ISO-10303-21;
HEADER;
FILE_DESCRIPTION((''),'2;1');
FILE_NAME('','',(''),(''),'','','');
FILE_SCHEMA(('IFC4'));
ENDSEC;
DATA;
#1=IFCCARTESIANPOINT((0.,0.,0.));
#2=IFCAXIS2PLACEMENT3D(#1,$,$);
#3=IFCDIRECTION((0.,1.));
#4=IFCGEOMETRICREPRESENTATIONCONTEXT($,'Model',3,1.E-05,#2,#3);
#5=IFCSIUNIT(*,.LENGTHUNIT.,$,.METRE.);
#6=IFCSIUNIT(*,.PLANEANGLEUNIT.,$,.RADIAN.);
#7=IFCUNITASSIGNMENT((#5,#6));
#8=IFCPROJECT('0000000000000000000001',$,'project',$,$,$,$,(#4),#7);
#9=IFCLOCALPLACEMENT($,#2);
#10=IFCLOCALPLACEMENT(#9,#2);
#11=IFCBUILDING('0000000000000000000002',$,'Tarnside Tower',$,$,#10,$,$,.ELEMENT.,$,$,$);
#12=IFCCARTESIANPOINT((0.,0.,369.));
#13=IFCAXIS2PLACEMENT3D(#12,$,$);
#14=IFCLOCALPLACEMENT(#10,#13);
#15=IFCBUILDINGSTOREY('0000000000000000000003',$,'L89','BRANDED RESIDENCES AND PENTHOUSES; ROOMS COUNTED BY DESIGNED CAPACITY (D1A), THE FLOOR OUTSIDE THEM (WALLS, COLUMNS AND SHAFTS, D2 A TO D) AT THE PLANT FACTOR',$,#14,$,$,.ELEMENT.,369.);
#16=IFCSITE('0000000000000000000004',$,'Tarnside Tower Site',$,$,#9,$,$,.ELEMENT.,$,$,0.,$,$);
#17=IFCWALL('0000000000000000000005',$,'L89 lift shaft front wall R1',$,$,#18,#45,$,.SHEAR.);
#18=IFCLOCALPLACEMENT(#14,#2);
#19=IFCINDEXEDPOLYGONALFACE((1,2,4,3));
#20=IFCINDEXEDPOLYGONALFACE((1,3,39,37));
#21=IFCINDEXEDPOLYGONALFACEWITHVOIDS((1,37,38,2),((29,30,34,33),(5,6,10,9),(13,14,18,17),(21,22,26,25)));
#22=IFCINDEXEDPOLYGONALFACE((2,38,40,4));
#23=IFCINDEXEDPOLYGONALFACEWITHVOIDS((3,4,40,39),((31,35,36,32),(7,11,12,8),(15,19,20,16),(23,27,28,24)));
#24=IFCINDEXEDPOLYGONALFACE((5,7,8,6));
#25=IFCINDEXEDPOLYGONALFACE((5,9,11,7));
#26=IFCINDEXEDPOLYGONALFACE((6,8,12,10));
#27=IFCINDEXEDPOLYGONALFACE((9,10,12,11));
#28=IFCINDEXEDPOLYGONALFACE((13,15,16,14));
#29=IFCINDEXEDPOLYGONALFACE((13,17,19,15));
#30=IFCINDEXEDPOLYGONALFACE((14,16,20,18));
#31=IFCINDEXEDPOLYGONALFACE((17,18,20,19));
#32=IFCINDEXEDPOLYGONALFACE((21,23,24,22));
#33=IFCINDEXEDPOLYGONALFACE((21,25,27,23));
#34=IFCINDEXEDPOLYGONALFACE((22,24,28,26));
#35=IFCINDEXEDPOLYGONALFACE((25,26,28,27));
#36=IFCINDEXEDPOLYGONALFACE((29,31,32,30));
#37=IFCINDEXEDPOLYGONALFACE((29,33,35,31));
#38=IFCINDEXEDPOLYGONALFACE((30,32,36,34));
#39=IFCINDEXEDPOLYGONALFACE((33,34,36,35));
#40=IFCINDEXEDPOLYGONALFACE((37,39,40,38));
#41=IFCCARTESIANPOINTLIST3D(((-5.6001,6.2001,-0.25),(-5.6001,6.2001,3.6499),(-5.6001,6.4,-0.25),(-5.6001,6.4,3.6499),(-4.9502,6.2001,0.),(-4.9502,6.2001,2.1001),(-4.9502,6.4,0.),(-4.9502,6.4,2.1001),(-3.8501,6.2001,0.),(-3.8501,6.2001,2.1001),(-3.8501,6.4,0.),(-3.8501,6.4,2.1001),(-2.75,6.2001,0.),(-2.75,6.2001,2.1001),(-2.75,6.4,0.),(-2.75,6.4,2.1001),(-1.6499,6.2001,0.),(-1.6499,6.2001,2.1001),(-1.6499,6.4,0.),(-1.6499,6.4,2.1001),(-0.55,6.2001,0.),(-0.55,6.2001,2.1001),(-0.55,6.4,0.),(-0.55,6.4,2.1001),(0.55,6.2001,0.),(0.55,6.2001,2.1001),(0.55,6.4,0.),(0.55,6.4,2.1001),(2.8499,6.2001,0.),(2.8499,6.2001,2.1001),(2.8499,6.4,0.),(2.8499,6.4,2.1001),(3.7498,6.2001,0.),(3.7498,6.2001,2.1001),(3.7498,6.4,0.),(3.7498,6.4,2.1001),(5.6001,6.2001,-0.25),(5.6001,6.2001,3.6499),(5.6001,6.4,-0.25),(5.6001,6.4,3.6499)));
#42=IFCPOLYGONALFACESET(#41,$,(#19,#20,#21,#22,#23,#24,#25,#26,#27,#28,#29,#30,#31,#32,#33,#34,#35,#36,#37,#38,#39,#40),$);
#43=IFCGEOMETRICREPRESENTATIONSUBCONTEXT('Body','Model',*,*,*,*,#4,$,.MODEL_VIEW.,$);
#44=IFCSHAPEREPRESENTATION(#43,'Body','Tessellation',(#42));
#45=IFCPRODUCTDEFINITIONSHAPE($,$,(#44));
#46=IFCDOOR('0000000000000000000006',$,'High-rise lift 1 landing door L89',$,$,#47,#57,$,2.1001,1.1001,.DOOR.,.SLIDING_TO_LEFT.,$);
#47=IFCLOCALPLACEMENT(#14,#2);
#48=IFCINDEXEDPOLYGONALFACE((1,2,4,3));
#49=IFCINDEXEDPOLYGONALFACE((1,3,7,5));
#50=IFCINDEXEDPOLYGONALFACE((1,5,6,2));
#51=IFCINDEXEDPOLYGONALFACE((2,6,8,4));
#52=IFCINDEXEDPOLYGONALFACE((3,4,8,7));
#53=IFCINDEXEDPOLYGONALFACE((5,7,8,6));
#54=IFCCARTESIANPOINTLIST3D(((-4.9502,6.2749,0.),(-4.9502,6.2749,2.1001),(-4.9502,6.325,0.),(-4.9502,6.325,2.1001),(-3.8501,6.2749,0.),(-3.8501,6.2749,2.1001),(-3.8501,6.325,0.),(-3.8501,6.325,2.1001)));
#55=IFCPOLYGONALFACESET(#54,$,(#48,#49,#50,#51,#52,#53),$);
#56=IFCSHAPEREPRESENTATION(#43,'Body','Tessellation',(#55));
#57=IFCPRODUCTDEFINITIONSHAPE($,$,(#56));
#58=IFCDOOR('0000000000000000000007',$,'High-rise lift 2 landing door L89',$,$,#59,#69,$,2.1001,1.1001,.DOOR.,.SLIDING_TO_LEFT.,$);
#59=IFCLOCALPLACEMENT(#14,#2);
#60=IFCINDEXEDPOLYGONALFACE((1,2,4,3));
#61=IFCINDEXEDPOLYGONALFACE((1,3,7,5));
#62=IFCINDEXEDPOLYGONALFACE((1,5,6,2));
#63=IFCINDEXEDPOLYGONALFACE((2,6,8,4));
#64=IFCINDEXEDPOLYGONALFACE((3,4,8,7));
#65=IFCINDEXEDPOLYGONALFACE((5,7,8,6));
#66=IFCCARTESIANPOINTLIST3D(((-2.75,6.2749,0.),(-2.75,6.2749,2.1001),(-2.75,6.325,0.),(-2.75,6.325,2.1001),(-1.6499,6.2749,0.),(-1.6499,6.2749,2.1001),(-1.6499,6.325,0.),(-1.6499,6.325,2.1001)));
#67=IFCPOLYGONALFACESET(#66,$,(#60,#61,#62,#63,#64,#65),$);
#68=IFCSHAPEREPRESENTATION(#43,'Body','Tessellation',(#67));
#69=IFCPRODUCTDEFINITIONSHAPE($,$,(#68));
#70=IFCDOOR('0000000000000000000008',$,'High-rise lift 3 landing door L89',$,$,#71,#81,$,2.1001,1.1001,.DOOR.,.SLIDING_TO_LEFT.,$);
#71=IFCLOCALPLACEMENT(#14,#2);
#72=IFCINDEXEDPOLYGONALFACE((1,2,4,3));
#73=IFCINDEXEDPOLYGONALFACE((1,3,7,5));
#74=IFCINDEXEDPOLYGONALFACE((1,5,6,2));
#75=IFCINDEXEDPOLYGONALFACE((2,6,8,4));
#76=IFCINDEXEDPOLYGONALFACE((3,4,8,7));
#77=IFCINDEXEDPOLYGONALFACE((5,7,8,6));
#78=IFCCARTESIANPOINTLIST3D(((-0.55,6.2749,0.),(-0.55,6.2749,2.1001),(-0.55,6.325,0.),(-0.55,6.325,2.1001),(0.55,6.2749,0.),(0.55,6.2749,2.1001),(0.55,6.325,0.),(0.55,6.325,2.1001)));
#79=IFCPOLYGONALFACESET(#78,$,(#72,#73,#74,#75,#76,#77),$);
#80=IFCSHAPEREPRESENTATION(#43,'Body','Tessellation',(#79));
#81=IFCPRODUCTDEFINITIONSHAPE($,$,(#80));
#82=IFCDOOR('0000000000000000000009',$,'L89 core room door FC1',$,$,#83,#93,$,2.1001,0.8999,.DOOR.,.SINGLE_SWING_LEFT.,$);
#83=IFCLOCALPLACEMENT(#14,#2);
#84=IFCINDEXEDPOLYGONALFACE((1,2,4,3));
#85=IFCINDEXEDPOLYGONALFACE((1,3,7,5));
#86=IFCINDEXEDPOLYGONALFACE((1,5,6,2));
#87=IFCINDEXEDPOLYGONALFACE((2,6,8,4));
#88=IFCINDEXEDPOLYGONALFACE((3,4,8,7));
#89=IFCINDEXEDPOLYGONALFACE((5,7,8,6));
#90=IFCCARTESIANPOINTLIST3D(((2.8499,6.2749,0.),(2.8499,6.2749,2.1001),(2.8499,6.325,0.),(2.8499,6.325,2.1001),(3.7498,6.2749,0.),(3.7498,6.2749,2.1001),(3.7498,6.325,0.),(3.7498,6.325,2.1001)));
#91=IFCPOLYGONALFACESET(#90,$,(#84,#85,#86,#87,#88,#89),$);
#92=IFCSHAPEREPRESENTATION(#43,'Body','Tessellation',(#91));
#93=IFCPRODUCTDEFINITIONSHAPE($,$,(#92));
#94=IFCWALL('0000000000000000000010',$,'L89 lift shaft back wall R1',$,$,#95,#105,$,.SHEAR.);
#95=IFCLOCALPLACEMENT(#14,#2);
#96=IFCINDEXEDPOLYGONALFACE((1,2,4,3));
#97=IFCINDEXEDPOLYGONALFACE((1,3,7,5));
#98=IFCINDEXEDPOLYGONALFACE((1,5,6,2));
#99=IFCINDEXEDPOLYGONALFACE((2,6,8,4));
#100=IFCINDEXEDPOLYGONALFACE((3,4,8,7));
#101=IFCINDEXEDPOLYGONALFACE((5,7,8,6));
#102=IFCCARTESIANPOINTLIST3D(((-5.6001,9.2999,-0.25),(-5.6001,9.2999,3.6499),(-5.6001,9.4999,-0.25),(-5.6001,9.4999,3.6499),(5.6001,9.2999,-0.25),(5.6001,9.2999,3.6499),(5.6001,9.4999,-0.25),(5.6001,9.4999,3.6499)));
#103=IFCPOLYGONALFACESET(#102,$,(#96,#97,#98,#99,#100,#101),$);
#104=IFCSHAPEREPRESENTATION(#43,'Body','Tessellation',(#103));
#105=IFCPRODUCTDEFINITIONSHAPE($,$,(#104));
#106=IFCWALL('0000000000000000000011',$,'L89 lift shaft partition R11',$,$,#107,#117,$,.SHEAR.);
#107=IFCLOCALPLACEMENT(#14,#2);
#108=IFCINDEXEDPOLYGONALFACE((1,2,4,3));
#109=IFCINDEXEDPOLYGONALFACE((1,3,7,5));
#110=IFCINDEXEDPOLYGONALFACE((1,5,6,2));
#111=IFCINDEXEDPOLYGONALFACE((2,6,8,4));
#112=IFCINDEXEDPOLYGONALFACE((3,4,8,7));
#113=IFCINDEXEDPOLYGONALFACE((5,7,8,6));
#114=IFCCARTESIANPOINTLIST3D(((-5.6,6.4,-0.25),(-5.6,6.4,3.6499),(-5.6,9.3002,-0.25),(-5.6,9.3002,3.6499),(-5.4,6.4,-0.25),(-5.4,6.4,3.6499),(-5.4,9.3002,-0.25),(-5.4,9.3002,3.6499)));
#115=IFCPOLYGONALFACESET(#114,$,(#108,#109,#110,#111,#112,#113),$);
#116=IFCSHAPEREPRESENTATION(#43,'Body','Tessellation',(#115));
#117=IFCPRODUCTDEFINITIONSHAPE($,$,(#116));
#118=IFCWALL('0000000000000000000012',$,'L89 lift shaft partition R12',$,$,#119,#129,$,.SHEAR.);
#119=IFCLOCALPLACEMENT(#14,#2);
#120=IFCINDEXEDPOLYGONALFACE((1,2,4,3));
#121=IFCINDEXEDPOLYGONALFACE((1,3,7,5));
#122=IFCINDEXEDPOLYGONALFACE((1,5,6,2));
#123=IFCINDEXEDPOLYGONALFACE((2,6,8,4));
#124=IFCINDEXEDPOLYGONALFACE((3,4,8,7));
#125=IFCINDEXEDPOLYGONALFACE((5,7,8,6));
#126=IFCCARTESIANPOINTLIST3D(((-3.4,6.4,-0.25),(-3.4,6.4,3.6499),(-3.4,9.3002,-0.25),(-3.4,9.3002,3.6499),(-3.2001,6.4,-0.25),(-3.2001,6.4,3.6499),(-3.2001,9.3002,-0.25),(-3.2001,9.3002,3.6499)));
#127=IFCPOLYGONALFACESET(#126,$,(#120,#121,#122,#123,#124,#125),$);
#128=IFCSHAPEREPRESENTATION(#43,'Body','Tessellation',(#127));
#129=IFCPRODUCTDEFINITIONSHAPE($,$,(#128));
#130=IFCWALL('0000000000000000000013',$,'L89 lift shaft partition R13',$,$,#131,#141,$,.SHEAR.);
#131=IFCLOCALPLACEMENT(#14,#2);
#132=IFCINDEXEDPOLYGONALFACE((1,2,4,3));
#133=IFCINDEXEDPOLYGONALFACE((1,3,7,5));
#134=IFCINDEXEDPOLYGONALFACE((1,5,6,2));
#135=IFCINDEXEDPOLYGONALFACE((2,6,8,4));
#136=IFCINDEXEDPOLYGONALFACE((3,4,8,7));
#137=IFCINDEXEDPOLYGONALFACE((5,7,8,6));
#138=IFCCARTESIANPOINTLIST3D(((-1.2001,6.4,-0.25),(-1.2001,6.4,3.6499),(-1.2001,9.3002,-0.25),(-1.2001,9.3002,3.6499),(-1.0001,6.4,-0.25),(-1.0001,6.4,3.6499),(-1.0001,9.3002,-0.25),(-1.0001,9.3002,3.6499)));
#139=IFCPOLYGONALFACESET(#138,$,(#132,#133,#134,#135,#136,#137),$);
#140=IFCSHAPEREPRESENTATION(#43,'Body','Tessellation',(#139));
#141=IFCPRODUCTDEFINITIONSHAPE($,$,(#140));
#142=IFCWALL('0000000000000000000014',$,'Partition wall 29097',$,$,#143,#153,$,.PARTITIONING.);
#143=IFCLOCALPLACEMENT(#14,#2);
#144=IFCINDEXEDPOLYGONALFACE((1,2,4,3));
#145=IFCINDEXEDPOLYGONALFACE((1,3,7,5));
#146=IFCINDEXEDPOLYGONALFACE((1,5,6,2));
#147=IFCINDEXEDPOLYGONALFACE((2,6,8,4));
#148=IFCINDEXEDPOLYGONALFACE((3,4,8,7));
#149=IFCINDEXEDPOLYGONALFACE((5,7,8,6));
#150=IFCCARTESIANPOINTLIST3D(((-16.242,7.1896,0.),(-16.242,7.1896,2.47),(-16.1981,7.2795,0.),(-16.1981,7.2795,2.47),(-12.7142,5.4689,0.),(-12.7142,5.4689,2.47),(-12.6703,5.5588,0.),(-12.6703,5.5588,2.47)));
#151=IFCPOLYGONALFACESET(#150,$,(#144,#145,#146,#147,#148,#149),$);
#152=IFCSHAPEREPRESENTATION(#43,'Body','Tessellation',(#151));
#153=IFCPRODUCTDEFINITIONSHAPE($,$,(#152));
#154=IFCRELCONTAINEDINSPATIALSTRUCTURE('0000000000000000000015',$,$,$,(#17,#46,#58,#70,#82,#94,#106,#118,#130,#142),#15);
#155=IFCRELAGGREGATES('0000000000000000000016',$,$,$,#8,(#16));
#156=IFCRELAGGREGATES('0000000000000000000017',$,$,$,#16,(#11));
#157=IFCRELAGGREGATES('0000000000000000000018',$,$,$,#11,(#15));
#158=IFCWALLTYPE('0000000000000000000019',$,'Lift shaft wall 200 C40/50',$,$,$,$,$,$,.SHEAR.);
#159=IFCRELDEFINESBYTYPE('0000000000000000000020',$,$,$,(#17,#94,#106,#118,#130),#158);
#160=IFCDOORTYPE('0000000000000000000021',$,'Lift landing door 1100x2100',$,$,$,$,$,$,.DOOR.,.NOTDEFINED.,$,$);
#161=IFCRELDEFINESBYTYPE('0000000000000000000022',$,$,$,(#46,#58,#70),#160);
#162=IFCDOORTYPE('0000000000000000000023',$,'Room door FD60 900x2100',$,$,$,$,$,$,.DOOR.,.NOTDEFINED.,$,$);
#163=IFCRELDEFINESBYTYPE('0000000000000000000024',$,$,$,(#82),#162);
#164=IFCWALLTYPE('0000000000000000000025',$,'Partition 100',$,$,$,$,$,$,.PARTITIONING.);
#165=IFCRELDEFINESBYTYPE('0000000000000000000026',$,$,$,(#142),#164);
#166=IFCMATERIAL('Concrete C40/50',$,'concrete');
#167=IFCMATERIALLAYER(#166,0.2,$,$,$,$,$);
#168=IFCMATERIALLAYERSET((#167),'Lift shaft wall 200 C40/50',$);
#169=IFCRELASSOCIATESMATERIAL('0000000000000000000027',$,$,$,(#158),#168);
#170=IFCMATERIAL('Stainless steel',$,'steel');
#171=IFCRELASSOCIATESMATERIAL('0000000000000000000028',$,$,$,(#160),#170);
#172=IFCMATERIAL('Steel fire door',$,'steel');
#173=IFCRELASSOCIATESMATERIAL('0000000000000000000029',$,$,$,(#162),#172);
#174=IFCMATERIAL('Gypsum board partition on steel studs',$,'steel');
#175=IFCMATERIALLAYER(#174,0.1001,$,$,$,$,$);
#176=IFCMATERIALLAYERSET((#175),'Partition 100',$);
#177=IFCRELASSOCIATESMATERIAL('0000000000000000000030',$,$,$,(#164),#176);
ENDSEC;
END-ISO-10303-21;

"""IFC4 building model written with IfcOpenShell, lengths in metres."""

from ifc_helpers import new_model, si_unit, direction, frame, frame_2d, origin, place, context, subcontext, project, spatial, rectangle, extrude, material, layer, layer_set, type_object, element, fill, save


model = new_model("IFC4")

# Units and contexts
model_context = context("Model", 3, precision=1e-05, world=origin(), true_north=direction((0.0, 1.0)))
body_context = subcontext(model_context, "Body", "Model", "MODEL_VIEW")
ifc_project = project(units=[si_unit("LENGTHUNIT", "METRE"), si_unit("PLANEANGLEUNIT", "RADIAN")], contexts=[model_context])

# Site, building, storey
site_placement = place(None, origin())
site = spatial("IfcSite", under=ifc_project, at=site_placement, Name="Tarnside Tower Site", CompositionType="ELEMENT", RefElevation=0.0)
building_placement = place(site_placement, origin())
building = spatial("IfcBuilding", under=site, at=building_placement, Name="Tarnside Tower", CompositionType="ELEMENT")
storey_placement = place(building_placement, frame((0.0, 0.0, 369.0)))
storey = spatial("IfcBuildingStorey", under=building, at=storey_placement, Name="L89", Description="BRANDED RESIDENCES AND PENTHOUSES; ROOMS COUNTED BY DESIGNED CAPACITY (D1A), THE FLOOR OUTSIDE THEM (WALLS, COLUMNS AND SHAFTS, D2 A TO D) AT THE PLANT FACTOR", CompositionType="ELEMENT", Elevation=369.0)

# Shared definitions
ifc_material_1 = material(Name="Gypsum board partition on steel studs", Category="steel")

# Shared definitions
ifc_material_2 = material(Name="Steel fire door", Category="steel")

# Wall, openings, doors
ifc_material_3 = material(Name="Concrete C40/50", Category="concrete")
ifc_layer_1 = layer(ifc_material_3, 0.2)
ifc_layer_set_1 = layer_set([ifc_layer_1], Name="Lift shaft wall 200 C40/50")
wall_type_1 = type_object("IfcWallType", Name="Lift shaft wall 200 C40/50", PredefinedType="SHEAR", material=ifc_layer_set_1)
wall_1_placement = place(storey_placement, frame((-5.6001, 6.3, -0.25), z_axis=(0.0, 0.0, 1.0), x_axis=(1.0, 0.0, 0.0)))
wall_1 = element("IfcWall", 1, at=wall_1_placement, inside=storey, type_object=wall_type_1, Name="L89 lift shaft front wall R1", PredefinedType="SHEAR", context=body_context, shape_type="SweptSolid", body=[
    extrude(rectangle(XDim=11.2002, YDim=0.2, at=frame_2d((5.6001, 0.0))), origin(), (0.0, 0.0, 1.0), 3.8999),
])
opening_1_placement = place(wall_1_placement, frame((8.45, 0.0, 0.25)))
opening_1 = element("IfcOpeningElement", 2, at=opening_1_placement, cuts=wall_1, PredefinedType="OPENING", context=body_context, shape_type="SweptSolid", body=[
    extrude(rectangle(XDim=0.8999, YDim=2.1001, at=frame_2d((0.45, 1.05))), frame((0.0, 0.1099, 0.0), z_axis=(0.0, -1.0, 0.0), x_axis=(1.0, 0.0, 0.0)), (0.0, 0.0, 1.0), 0.22),
])
opening_2_placement = place(wall_1_placement, frame((0.6499, 0.0, 0.25)))
opening_2 = element("IfcOpeningElement", 3, at=opening_2_placement, cuts=wall_1, PredefinedType="OPENING", context=body_context, shape_type="SweptSolid", body=[
    extrude(rectangle(XDim=1.1001, YDim=2.1001, at=frame_2d((0.55, 1.05))), frame((0.0, 0.1099, 0.0), z_axis=(0.0, -1.0, 0.0), x_axis=(1.0, 0.0, 0.0)), (0.0, 0.0, 1.0), 0.22),
])
opening_3_placement = place(wall_1_placement, frame((2.8501, 0.0, 0.25)))
opening_3 = element("IfcOpeningElement", 4, at=opening_3_placement, cuts=wall_1, PredefinedType="OPENING", context=body_context, shape_type="SweptSolid", body=[
    extrude(rectangle(XDim=1.1001, YDim=2.1001, at=frame_2d((0.55, 1.05))), frame((0.0, 0.1099, 0.0), z_axis=(0.0, -1.0, 0.0), x_axis=(1.0, 0.0, 0.0)), (0.0, 0.0, 1.0), 0.22),
])
opening_4_placement = place(wall_1_placement, frame((5.05, 0.0, 0.25)))
opening_4 = element("IfcOpeningElement", 5, at=opening_4_placement, cuts=wall_1, PredefinedType="OPENING", context=body_context, shape_type="SweptSolid", body=[
    extrude(rectangle(XDim=1.1001, YDim=2.1001, at=frame_2d((0.55, 1.05))), frame((0.0, 0.1099, 0.0), z_axis=(0.0, -1.0, 0.0), x_axis=(1.0, 0.0, 0.0)), (0.0, 0.0, 1.0), 0.22),
])
ifc_material_4 = material(Name="Stainless steel", Category="steel")
door_type_1 = type_object("IfcDoorType", Name="Lift landing door 1100x2100", OperationType="NOTDEFINED", PredefinedType="DOOR", material=ifc_material_4)
door_1_placement = place(opening_2_placement, origin())
door_1 = element("IfcDoor", 6, at=door_1_placement, inside=storey, type_object=door_type_1, Name="High-rise lift 1 landing door L89", OperationType="SLIDING_TO_LEFT", OverallHeight=2.1001, OverallWidth=1.1001, PredefinedType="DOOR", context=body_context, shape_type="SweptSolid", body=[
    extrude(rectangle(XDim=1.1001, YDim=2.1001, at=frame_2d((0.55, 1.05))), frame((0.0, 0.0249, 0.0), z_axis=(0.0, -1.0, 0.0), x_axis=(1.0, 0.0, 0.0)), (0.0, 0.0, 1.0), 0.05),
])
fill(opening_2, door_1)
door_2_placement = place(opening_3_placement, origin())
door_2 = element("IfcDoor", 7, at=door_2_placement, inside=storey, type_object=door_type_1, Name="High-rise lift 2 landing door L89", OperationType="SLIDING_TO_LEFT", OverallHeight=2.1001, OverallWidth=1.1001, PredefinedType="DOOR", context=body_context, shape_type="SweptSolid", body=[
    extrude(rectangle(XDim=1.1001, YDim=2.1001, at=frame_2d((0.55, 1.05))), frame((0.0, 0.0249, 0.0), z_axis=(0.0, -1.0, 0.0), x_axis=(1.0, 0.0, 0.0)), (0.0, 0.0, 1.0), 0.05),
])
fill(opening_3, door_2)
door_3_placement = place(opening_4_placement, origin())
door_3 = element("IfcDoor", 8, at=door_3_placement, inside=storey, type_object=door_type_1, Name="High-rise lift 3 landing door L89", OperationType="SLIDING_TO_LEFT", OverallHeight=2.1001, OverallWidth=1.1001, PredefinedType="DOOR", context=body_context, shape_type="SweptSolid", body=[
    extrude(rectangle(XDim=1.1001, YDim=2.1001, at=frame_2d((0.55, 1.05))), frame((0.0, 0.0249, 0.0), z_axis=(0.0, -1.0, 0.0), x_axis=(1.0, 0.0, 0.0)), (0.0, 0.0, 1.0), 0.05),
])
fill(opening_4, door_3)
door_type_2 = type_object("IfcDoorType", Name="Room door FD60 900x2100", OperationType="NOTDEFINED", PredefinedType="DOOR", material=ifc_material_2)
door_4_placement = place(opening_1_placement, origin())
door_4 = element("IfcDoor", 9, at=door_4_placement, inside=storey, type_object=door_type_2, Name="L89 core room door FC1", OperationType="SINGLE_SWING_LEFT", OverallHeight=2.1001, OverallWidth=0.8999, PredefinedType="DOOR", context=body_context, shape_type="SweptSolid", body=[
    extrude(rectangle(XDim=0.8999, YDim=2.1001, at=frame_2d((0.45, 1.05))), frame((0.0, 0.0249, 0.0), z_axis=(0.0, -1.0, 0.0), x_axis=(1.0, 0.0, 0.0)), (0.0, 0.0, 1.0), 0.05),
])
fill(opening_1, door_4)

# Walls
wall_2_placement = place(storey_placement, frame((-5.6001, 9.3999, -0.25), z_axis=(0.0, 0.0, 1.0), x_axis=(1.0, 0.0, 0.0)))
element("IfcWall", 10, at=wall_2_placement, inside=storey, type_object=wall_type_1, Name="L89 lift shaft back wall R1", PredefinedType="SHEAR", context=body_context, shape_type="SweptSolid", body=[
    extrude(rectangle(XDim=11.2002, YDim=0.2, at=frame_2d((5.6001, 0.0))), origin(), (0.0, 0.0, 1.0), 3.8999),
])
for number, where, z_axis, x_axis, name in (
    (11, (-5.5, 6.3999, -0.25), (0.0, 0.0, 1.0), (0.0, 1.0, 0.0), "L89 lift shaft partition R11"),
    (12, (-3.3, 6.3999, -0.25), (0.0, 0.0, 1.0), (0.0, 1.0, 0.0), "L89 lift shaft partition R12"),
    (13, (-1.1001, 6.3999, -0.25), (0.0, 0.0, 1.0), (0.0, 1.0, 0.0), "L89 lift shaft partition R13"),
):
    element("IfcWall", number, at=place(storey_placement, frame(where, z_axis=z_axis, x_axis=x_axis)), inside=storey, type_object=wall_type_1, Name=name, PredefinedType="SHEAR", context=body_context, shape_type="SweptSolid", body=[
        extrude(rectangle(XDim=2.9001, YDim=0.2, at=frame_2d((1.4502, 0.0))), origin(), (0.0, 0.0, 1.0), 3.8999),
    ])
ifc_layer_2 = layer(ifc_material_1, 0.1001)
ifc_layer_set_2 = layer_set([ifc_layer_2], Name="Partition 100")
wall_type_2 = type_object("IfcWallType", Name="Partition 100", PredefinedType="PARTITIONING", material=ifc_layer_set_2)
wall_3_placement = place(storey_placement, frame((-12.6924, 5.5139, 0.0), z_axis=(0.0, 0.0, 1.0), x_axis=(-0.898788, 0.438384, 0.0)))
element("IfcWall", 14, at=wall_3_placement, inside=storey, type_object=wall_type_2, Name="Partition wall 29097", PredefinedType="PARTITIONING", context=body_context, shape_type="SweptSolid", body=[
    extrude(rectangle(XDim=3.925, YDim=0.1001, at=frame_2d((1.9624, 0.0))), origin(), (0.0, 0.0, 1.0), 2.47),
])

save(model, "model.ifc")
